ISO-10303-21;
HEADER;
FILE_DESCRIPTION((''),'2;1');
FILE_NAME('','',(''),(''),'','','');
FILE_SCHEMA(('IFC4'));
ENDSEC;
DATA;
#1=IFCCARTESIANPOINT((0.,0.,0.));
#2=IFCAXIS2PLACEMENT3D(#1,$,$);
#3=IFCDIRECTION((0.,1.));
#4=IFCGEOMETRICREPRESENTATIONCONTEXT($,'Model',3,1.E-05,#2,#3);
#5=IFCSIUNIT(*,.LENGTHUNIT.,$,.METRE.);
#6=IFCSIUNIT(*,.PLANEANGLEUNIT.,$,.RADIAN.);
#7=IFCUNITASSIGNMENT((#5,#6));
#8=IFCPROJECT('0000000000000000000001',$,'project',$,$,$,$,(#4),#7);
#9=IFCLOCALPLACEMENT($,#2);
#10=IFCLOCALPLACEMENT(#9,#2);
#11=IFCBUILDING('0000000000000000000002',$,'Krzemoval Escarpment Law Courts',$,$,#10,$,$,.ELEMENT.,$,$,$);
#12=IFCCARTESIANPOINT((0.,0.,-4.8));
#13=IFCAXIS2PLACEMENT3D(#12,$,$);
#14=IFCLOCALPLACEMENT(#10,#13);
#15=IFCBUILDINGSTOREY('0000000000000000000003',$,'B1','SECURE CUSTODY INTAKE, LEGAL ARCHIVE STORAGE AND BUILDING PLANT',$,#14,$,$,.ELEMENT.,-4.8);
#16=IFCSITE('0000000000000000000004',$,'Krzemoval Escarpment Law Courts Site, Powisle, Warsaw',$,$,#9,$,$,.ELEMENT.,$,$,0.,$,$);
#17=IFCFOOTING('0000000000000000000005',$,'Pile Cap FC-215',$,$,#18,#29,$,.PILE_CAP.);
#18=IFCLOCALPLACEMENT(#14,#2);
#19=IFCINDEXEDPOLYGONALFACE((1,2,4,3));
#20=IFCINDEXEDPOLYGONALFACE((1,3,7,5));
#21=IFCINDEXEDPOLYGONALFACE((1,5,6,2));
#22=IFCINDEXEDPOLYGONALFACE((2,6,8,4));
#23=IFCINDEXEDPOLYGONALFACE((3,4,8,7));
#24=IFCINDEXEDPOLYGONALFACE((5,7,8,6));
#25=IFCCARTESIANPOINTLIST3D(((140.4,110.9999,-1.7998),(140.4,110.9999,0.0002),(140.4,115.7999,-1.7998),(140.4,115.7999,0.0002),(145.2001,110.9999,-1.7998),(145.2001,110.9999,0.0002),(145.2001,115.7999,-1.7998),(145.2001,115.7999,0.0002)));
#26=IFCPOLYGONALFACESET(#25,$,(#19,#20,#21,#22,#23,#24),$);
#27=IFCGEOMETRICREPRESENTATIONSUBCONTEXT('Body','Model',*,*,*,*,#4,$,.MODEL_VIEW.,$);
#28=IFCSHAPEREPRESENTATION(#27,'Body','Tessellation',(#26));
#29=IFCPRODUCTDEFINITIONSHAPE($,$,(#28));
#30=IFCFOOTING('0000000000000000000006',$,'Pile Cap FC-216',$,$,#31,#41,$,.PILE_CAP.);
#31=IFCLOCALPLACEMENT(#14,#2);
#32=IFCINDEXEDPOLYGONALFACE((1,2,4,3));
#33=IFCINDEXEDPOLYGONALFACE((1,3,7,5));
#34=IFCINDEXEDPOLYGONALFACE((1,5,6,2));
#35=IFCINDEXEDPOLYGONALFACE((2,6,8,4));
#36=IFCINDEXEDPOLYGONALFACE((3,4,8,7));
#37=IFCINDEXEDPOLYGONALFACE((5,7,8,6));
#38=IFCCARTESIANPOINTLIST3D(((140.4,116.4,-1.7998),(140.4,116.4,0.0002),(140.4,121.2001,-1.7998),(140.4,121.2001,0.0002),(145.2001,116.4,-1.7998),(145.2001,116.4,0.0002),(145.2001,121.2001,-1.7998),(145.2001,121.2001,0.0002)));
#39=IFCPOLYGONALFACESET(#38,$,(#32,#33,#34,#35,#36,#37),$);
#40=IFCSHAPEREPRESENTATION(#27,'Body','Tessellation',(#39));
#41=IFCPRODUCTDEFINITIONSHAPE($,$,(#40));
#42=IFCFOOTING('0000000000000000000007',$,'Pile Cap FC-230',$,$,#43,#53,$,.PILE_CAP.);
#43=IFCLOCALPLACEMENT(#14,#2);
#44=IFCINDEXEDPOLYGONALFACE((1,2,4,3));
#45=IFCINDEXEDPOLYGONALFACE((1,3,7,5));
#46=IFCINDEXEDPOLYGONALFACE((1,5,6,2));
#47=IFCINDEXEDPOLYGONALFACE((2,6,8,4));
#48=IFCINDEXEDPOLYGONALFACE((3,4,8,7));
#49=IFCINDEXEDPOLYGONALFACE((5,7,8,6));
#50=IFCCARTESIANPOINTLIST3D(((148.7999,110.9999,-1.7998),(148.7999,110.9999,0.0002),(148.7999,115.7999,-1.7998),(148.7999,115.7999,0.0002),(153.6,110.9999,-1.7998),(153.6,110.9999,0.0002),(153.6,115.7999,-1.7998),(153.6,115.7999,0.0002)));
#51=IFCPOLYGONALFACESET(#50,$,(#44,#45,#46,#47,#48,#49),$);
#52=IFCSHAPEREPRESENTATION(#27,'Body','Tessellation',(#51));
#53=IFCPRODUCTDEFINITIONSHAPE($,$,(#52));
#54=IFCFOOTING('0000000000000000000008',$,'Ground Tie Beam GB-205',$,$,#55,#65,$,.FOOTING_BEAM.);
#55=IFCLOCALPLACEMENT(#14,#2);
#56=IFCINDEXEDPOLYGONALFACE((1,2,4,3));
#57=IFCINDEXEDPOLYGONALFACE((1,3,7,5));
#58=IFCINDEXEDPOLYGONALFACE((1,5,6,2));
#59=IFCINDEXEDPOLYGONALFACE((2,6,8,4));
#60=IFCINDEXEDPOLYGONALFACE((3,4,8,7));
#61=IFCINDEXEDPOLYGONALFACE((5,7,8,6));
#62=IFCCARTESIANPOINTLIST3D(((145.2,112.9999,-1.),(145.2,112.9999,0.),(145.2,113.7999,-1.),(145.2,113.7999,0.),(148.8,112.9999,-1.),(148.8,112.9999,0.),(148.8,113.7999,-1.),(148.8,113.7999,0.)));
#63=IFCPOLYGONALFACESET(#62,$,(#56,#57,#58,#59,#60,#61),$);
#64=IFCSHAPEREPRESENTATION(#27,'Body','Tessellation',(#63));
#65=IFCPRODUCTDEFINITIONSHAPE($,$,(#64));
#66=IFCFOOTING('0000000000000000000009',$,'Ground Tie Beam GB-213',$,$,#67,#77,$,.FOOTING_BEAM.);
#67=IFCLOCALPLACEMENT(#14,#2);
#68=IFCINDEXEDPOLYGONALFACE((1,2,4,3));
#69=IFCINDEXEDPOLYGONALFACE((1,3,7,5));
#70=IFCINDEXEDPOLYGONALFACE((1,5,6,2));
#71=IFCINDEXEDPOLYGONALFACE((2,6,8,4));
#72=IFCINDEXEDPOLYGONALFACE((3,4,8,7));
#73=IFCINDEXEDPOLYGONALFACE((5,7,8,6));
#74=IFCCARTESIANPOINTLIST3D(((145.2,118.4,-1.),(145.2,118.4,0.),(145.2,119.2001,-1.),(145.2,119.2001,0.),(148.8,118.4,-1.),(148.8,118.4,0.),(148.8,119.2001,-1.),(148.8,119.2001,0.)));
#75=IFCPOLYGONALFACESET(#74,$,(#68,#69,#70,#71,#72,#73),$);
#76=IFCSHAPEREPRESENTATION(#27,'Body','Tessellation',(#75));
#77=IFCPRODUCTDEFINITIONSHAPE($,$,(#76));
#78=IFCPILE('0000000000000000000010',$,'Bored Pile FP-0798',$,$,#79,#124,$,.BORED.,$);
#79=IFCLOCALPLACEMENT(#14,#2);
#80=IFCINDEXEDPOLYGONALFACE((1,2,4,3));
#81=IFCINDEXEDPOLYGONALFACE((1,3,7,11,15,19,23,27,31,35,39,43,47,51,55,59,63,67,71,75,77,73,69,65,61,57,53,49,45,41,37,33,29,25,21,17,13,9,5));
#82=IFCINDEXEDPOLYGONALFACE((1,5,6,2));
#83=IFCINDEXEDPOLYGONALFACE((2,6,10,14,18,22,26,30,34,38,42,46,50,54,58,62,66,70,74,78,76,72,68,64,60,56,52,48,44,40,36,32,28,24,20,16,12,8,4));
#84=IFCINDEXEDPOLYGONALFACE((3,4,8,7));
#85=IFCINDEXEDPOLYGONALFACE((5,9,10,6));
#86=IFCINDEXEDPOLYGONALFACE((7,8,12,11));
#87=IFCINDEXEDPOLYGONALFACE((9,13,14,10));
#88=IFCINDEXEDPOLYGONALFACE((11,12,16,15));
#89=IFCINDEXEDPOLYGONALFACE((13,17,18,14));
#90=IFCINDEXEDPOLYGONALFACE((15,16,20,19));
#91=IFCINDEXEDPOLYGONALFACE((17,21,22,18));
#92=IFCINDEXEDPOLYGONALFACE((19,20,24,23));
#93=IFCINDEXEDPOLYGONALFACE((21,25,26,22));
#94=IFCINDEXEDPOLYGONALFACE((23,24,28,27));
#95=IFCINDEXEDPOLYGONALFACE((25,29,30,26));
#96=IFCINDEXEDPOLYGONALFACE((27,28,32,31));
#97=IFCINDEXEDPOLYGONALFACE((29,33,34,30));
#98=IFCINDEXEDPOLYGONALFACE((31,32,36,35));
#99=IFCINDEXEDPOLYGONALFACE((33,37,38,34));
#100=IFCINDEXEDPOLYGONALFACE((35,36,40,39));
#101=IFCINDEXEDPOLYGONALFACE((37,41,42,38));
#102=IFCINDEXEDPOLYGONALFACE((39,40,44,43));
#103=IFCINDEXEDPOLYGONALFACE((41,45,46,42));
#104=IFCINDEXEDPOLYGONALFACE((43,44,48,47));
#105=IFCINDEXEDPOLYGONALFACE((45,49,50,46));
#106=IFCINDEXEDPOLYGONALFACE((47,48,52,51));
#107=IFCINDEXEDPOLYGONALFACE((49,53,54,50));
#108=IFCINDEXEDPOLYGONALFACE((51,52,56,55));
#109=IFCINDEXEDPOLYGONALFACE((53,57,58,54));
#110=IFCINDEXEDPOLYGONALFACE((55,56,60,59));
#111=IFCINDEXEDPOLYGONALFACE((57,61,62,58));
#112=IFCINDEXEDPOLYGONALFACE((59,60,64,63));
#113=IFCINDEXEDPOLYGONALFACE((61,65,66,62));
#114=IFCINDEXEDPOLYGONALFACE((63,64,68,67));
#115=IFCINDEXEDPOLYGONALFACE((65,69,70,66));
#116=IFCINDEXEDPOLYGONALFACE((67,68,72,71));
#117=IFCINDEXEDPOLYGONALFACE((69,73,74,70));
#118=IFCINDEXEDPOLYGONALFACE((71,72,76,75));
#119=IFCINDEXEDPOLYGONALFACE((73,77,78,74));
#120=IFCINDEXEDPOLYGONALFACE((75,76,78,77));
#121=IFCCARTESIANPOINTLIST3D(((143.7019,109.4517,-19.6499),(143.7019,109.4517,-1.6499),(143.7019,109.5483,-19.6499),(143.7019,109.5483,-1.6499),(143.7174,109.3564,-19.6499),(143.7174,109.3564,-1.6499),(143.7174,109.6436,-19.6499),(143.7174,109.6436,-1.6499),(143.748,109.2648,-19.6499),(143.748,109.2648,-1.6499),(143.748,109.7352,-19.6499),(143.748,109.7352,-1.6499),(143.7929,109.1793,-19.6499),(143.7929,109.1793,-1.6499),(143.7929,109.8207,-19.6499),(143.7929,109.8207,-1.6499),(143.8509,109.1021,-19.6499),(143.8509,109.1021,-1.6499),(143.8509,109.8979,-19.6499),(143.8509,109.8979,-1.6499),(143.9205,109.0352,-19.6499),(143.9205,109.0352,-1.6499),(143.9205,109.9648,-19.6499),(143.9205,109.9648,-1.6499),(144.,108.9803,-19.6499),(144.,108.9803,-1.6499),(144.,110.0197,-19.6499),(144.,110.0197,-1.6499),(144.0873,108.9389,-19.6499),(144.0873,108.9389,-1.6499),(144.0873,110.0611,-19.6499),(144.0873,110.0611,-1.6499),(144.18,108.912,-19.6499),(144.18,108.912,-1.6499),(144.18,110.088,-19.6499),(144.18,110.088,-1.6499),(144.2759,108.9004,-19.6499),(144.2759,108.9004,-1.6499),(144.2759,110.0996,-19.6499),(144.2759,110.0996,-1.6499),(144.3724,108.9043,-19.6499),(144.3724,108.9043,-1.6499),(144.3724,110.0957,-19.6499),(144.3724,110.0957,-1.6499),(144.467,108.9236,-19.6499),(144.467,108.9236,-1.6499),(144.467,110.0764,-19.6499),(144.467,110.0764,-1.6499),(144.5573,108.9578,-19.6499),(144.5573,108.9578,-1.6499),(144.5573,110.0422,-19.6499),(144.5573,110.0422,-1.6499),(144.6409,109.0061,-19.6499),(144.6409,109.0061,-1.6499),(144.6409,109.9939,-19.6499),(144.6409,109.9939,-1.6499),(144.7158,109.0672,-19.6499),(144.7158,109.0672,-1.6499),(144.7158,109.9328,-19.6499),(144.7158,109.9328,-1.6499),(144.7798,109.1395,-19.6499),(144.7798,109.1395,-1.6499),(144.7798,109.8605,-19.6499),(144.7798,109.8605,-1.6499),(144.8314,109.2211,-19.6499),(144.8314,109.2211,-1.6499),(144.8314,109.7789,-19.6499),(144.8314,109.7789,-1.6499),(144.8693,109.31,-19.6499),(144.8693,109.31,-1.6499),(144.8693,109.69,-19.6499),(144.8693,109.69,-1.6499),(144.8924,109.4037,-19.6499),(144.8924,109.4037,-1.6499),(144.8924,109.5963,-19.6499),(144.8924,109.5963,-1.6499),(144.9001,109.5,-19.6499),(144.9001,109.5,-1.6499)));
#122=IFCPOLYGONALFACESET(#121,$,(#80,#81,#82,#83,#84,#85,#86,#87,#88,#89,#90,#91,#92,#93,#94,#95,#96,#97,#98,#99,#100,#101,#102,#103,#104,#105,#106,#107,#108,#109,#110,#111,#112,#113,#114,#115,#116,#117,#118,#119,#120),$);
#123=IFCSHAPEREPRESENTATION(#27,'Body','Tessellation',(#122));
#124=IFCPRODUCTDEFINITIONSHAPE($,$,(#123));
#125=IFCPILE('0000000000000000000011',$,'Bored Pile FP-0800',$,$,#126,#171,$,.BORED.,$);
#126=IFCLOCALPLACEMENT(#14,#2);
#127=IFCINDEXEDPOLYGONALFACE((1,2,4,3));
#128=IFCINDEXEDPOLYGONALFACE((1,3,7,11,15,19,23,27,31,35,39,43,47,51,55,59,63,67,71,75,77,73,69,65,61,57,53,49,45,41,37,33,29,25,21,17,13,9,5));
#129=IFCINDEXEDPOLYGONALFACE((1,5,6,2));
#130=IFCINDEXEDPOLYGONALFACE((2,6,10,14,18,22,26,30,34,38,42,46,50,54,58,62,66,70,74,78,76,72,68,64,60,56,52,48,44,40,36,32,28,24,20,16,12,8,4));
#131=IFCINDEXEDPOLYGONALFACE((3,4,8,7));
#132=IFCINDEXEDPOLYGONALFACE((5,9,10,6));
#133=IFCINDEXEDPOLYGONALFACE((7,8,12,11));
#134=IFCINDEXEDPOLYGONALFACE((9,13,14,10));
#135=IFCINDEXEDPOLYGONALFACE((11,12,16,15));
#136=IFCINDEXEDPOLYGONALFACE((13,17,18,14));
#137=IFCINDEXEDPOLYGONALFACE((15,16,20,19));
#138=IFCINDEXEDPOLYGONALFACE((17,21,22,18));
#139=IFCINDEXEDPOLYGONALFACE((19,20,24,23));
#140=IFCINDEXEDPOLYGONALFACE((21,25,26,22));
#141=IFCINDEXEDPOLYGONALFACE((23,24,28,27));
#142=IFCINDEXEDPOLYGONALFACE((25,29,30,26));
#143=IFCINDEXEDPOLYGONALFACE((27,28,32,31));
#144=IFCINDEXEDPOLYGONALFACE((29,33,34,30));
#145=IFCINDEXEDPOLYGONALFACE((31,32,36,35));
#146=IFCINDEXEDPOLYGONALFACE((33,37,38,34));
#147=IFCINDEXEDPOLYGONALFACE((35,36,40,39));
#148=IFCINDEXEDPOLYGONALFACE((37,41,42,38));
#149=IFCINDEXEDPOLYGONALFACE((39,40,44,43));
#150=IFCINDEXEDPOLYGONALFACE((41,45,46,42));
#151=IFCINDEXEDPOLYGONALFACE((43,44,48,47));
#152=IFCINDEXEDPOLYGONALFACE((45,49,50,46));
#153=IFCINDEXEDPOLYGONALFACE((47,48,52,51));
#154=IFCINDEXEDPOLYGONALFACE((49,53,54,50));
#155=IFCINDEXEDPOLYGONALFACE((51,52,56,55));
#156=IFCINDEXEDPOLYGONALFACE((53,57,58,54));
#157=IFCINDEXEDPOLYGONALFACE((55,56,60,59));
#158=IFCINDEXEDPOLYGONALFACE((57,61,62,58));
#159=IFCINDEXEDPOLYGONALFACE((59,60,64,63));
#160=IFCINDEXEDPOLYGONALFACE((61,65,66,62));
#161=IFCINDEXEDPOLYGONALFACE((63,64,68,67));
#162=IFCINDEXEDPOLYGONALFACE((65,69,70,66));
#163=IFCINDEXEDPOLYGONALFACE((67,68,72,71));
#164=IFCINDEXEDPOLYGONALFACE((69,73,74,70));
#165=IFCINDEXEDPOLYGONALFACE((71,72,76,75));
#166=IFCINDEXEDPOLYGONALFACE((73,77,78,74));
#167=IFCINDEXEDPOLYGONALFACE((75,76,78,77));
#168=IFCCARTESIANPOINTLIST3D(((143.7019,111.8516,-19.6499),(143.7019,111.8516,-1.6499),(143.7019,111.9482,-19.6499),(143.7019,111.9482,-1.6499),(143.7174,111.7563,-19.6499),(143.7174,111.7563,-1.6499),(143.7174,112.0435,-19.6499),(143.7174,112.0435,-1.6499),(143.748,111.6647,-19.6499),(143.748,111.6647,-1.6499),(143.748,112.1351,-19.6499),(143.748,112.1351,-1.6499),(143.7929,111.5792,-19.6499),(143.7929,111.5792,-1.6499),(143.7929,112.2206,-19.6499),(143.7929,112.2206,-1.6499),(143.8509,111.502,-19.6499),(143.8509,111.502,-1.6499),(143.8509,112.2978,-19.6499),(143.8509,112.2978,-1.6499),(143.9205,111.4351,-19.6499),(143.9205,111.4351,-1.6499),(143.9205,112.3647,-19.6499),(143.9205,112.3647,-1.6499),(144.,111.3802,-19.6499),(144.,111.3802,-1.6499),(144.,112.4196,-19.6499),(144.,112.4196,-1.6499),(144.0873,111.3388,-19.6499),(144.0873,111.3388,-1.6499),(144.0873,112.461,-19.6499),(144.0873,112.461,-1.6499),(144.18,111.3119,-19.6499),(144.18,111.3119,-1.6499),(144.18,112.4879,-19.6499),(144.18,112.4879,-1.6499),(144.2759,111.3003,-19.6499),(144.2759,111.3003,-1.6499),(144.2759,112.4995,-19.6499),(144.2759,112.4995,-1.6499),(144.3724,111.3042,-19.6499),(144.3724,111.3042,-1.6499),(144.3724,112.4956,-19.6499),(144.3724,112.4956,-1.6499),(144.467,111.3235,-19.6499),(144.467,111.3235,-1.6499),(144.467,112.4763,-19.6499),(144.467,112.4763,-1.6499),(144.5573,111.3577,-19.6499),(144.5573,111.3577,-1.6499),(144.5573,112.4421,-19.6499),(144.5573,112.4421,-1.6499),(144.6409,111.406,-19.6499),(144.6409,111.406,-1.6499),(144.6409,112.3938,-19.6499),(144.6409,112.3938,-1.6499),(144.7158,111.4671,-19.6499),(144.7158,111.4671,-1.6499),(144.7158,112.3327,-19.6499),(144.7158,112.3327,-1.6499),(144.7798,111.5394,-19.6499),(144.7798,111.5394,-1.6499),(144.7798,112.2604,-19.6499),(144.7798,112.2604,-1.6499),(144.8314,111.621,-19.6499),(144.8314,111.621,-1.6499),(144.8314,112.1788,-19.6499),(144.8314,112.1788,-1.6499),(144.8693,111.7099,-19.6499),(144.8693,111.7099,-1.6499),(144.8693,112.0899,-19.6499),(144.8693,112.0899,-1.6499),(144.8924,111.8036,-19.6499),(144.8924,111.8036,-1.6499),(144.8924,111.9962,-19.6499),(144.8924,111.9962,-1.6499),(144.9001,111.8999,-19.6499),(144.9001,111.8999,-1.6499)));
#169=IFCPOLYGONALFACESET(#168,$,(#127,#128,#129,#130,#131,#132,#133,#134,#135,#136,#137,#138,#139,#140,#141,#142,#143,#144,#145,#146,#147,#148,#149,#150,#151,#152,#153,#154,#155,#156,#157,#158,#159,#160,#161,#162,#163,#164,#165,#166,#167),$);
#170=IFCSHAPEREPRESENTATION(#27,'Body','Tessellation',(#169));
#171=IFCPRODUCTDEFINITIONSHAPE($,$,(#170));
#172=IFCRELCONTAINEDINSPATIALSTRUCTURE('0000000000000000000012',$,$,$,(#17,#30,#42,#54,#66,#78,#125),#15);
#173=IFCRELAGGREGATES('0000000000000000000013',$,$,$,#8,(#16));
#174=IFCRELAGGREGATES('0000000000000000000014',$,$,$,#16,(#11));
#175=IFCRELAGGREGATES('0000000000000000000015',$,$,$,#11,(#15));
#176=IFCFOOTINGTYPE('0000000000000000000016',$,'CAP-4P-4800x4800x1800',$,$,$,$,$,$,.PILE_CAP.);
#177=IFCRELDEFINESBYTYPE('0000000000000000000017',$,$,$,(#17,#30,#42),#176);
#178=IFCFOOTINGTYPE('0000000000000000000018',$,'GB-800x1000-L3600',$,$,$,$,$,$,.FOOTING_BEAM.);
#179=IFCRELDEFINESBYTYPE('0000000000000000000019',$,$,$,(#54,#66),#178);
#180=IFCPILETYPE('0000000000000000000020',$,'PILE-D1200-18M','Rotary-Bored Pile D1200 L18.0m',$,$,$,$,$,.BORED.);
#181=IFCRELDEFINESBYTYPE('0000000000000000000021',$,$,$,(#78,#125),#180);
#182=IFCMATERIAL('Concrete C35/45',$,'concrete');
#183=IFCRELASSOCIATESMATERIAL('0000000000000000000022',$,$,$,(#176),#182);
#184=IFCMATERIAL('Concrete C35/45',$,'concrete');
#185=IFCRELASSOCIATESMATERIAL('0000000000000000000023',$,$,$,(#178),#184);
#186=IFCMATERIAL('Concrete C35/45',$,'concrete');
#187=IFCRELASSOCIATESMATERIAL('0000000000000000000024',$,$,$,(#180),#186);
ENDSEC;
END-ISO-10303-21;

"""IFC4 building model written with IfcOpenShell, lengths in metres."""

from ifc_helpers import new_model, si_unit, direction, frame, origin, origin_2d, place, context, subcontext, project, spatial, rectangle, circle, extrude, material, material_profile, profile_set, type_object, element, save


model = new_model("IFC4")

# Units and contexts
model_context = context("Model", 3, precision=1e-05, world=origin(), true_north=direction((0.0, 1.0)))
body_context = subcontext(model_context, "Body", "Model", "MODEL_VIEW")
ifc_project = project(units=[si_unit("LENGTHUNIT", "METRE"), si_unit("PLANEANGLEUNIT", "RADIAN")], contexts=[model_context])

# Site, building, storey
site_placement = place(None, origin())
site = spatial("IfcSite", under=ifc_project, at=site_placement, Name="Krzemoval Escarpment Law Courts Site, Powisle, Warsaw", CompositionType="ELEMENT", RefElevation=0.0)
building_placement = place(site_placement, origin())
building = spatial("IfcBuilding", under=site, at=building_placement, Name="Krzemoval Escarpment Law Courts", CompositionType="ELEMENT")
storey_placement = place(building_placement, frame((0.0, 0.0, -4.8)))
storey = spatial("IfcBuildingStorey", under=building, at=storey_placement, Name="B1", Description="SECURE CUSTODY INTAKE, LEGAL ARCHIVE STORAGE AND BUILDING PLANT", CompositionType="ELEMENT", Elevation=-4.8)

# Footings
ifc_material_1 = material(Name="Concrete C35/45", Category="concrete")
footing_type_1 = type_object("IfcFootingType", Name="CAP-4P-4800x4800x1800", PredefinedType="PILE_CAP", material=ifc_material_1)
for number, where, z_axis, x_axis, name in (
    (1, (142.8, 113.3999, -1.7998), (0.0, 0.0, 1.0), (1.0, 0.0, 0.0), "Pile Cap FC-215"),
    (2, (142.8, 118.8, -1.7998), (0.0, 0.0, 1.0), (1.0, 0.0, 0.0), "Pile Cap FC-216"),
    (3, (151.2, 113.3999, -1.7998), (0.0, 0.0, 1.0), (1.0, 0.0, 0.0), "Pile Cap FC-230"),
):
    element("IfcFooting", number, at=place(storey_placement, frame(where, z_axis=z_axis, x_axis=x_axis)), inside=storey, type_object=footing_type_1, Name=name, PredefinedType="PILE_CAP", context=body_context, shape_type="SweptSolid", body=[
        extrude(rectangle(XDim=4.8, YDim=4.8, at=origin_2d()), origin(), (0.0, 0.0, 1.0), 1.8),
    ])
ifc_material_2 = material(Name="Concrete C35/45", Category="concrete")
footing_type_2 = type_object("IfcFootingType", Name="GB-800x1000-L3600", PredefinedType="FOOTING_BEAM", material=ifc_material_2)
for number, where, z_axis, x_axis, name in (
    (4, (147.0, 113.3999, -1.0), (0.0, 0.0, 1.0), (1.0, 0.0, 0.0), "Ground Tie Beam GB-205"),
    (5, (147.0, 118.8, -1.0), (0.0, 0.0, 1.0), (1.0, 0.0, 0.0), "Ground Tie Beam GB-213"),
):
    element("IfcFooting", number, at=place(storey_placement, frame(where, z_axis=z_axis, x_axis=x_axis)), inside=storey, type_object=footing_type_2, Name=name, PredefinedType="FOOTING_BEAM", context=body_context, shape_type="SweptSolid", body=[
        extrude(rectangle(XDim=3.6001, YDim=0.8, at=origin_2d()), origin(), (0.0, 0.0, 1.0), 1.0),
    ])

# Piles
ifc_material_3 = material(Name="Concrete C35/45", Category="concrete")
ifc_material_profile_1 = material_profile(ifc_material_3, circle(Radius=0.6001, at=origin_2d()), Name="PILE D1200")
ifc_profile_set_1 = profile_set([ifc_material_profile_1], Name="Concrete C35/45")
pile_type = type_object("IfcPileType", Name="PILE-D1200-18M", Description="Rotary-Bored Pile D1200 L18.0m", PredefinedType="BORED", material=ifc_profile_set_1)
for number, where, z_axis, x_axis, name in (
    (6, (144.3, 109.5, -1.6499), (0.0, 0.0, -1.0), (1.0, 0.0, 0.0), "Bored Pile FP-0798"),
    (7, (144.3, 111.8999, -1.6499), (0.0, 0.0, -1.0), (1.0, 0.0, 0.0), "Bored Pile FP-0800"),
):
    element("IfcPile", number, at=place(storey_placement, frame(where, z_axis=z_axis, x_axis=x_axis)), inside=storey, type_object=pile_type, Name=name, PredefinedType="BORED", context=body_context, shape_type="SweptSolid", body=[
        extrude(circle(Radius=0.6001, at=origin_2d()), origin(), (0.0, 0.0, 1.0), 18.0),
    ])

save(model, "model.ifc")
